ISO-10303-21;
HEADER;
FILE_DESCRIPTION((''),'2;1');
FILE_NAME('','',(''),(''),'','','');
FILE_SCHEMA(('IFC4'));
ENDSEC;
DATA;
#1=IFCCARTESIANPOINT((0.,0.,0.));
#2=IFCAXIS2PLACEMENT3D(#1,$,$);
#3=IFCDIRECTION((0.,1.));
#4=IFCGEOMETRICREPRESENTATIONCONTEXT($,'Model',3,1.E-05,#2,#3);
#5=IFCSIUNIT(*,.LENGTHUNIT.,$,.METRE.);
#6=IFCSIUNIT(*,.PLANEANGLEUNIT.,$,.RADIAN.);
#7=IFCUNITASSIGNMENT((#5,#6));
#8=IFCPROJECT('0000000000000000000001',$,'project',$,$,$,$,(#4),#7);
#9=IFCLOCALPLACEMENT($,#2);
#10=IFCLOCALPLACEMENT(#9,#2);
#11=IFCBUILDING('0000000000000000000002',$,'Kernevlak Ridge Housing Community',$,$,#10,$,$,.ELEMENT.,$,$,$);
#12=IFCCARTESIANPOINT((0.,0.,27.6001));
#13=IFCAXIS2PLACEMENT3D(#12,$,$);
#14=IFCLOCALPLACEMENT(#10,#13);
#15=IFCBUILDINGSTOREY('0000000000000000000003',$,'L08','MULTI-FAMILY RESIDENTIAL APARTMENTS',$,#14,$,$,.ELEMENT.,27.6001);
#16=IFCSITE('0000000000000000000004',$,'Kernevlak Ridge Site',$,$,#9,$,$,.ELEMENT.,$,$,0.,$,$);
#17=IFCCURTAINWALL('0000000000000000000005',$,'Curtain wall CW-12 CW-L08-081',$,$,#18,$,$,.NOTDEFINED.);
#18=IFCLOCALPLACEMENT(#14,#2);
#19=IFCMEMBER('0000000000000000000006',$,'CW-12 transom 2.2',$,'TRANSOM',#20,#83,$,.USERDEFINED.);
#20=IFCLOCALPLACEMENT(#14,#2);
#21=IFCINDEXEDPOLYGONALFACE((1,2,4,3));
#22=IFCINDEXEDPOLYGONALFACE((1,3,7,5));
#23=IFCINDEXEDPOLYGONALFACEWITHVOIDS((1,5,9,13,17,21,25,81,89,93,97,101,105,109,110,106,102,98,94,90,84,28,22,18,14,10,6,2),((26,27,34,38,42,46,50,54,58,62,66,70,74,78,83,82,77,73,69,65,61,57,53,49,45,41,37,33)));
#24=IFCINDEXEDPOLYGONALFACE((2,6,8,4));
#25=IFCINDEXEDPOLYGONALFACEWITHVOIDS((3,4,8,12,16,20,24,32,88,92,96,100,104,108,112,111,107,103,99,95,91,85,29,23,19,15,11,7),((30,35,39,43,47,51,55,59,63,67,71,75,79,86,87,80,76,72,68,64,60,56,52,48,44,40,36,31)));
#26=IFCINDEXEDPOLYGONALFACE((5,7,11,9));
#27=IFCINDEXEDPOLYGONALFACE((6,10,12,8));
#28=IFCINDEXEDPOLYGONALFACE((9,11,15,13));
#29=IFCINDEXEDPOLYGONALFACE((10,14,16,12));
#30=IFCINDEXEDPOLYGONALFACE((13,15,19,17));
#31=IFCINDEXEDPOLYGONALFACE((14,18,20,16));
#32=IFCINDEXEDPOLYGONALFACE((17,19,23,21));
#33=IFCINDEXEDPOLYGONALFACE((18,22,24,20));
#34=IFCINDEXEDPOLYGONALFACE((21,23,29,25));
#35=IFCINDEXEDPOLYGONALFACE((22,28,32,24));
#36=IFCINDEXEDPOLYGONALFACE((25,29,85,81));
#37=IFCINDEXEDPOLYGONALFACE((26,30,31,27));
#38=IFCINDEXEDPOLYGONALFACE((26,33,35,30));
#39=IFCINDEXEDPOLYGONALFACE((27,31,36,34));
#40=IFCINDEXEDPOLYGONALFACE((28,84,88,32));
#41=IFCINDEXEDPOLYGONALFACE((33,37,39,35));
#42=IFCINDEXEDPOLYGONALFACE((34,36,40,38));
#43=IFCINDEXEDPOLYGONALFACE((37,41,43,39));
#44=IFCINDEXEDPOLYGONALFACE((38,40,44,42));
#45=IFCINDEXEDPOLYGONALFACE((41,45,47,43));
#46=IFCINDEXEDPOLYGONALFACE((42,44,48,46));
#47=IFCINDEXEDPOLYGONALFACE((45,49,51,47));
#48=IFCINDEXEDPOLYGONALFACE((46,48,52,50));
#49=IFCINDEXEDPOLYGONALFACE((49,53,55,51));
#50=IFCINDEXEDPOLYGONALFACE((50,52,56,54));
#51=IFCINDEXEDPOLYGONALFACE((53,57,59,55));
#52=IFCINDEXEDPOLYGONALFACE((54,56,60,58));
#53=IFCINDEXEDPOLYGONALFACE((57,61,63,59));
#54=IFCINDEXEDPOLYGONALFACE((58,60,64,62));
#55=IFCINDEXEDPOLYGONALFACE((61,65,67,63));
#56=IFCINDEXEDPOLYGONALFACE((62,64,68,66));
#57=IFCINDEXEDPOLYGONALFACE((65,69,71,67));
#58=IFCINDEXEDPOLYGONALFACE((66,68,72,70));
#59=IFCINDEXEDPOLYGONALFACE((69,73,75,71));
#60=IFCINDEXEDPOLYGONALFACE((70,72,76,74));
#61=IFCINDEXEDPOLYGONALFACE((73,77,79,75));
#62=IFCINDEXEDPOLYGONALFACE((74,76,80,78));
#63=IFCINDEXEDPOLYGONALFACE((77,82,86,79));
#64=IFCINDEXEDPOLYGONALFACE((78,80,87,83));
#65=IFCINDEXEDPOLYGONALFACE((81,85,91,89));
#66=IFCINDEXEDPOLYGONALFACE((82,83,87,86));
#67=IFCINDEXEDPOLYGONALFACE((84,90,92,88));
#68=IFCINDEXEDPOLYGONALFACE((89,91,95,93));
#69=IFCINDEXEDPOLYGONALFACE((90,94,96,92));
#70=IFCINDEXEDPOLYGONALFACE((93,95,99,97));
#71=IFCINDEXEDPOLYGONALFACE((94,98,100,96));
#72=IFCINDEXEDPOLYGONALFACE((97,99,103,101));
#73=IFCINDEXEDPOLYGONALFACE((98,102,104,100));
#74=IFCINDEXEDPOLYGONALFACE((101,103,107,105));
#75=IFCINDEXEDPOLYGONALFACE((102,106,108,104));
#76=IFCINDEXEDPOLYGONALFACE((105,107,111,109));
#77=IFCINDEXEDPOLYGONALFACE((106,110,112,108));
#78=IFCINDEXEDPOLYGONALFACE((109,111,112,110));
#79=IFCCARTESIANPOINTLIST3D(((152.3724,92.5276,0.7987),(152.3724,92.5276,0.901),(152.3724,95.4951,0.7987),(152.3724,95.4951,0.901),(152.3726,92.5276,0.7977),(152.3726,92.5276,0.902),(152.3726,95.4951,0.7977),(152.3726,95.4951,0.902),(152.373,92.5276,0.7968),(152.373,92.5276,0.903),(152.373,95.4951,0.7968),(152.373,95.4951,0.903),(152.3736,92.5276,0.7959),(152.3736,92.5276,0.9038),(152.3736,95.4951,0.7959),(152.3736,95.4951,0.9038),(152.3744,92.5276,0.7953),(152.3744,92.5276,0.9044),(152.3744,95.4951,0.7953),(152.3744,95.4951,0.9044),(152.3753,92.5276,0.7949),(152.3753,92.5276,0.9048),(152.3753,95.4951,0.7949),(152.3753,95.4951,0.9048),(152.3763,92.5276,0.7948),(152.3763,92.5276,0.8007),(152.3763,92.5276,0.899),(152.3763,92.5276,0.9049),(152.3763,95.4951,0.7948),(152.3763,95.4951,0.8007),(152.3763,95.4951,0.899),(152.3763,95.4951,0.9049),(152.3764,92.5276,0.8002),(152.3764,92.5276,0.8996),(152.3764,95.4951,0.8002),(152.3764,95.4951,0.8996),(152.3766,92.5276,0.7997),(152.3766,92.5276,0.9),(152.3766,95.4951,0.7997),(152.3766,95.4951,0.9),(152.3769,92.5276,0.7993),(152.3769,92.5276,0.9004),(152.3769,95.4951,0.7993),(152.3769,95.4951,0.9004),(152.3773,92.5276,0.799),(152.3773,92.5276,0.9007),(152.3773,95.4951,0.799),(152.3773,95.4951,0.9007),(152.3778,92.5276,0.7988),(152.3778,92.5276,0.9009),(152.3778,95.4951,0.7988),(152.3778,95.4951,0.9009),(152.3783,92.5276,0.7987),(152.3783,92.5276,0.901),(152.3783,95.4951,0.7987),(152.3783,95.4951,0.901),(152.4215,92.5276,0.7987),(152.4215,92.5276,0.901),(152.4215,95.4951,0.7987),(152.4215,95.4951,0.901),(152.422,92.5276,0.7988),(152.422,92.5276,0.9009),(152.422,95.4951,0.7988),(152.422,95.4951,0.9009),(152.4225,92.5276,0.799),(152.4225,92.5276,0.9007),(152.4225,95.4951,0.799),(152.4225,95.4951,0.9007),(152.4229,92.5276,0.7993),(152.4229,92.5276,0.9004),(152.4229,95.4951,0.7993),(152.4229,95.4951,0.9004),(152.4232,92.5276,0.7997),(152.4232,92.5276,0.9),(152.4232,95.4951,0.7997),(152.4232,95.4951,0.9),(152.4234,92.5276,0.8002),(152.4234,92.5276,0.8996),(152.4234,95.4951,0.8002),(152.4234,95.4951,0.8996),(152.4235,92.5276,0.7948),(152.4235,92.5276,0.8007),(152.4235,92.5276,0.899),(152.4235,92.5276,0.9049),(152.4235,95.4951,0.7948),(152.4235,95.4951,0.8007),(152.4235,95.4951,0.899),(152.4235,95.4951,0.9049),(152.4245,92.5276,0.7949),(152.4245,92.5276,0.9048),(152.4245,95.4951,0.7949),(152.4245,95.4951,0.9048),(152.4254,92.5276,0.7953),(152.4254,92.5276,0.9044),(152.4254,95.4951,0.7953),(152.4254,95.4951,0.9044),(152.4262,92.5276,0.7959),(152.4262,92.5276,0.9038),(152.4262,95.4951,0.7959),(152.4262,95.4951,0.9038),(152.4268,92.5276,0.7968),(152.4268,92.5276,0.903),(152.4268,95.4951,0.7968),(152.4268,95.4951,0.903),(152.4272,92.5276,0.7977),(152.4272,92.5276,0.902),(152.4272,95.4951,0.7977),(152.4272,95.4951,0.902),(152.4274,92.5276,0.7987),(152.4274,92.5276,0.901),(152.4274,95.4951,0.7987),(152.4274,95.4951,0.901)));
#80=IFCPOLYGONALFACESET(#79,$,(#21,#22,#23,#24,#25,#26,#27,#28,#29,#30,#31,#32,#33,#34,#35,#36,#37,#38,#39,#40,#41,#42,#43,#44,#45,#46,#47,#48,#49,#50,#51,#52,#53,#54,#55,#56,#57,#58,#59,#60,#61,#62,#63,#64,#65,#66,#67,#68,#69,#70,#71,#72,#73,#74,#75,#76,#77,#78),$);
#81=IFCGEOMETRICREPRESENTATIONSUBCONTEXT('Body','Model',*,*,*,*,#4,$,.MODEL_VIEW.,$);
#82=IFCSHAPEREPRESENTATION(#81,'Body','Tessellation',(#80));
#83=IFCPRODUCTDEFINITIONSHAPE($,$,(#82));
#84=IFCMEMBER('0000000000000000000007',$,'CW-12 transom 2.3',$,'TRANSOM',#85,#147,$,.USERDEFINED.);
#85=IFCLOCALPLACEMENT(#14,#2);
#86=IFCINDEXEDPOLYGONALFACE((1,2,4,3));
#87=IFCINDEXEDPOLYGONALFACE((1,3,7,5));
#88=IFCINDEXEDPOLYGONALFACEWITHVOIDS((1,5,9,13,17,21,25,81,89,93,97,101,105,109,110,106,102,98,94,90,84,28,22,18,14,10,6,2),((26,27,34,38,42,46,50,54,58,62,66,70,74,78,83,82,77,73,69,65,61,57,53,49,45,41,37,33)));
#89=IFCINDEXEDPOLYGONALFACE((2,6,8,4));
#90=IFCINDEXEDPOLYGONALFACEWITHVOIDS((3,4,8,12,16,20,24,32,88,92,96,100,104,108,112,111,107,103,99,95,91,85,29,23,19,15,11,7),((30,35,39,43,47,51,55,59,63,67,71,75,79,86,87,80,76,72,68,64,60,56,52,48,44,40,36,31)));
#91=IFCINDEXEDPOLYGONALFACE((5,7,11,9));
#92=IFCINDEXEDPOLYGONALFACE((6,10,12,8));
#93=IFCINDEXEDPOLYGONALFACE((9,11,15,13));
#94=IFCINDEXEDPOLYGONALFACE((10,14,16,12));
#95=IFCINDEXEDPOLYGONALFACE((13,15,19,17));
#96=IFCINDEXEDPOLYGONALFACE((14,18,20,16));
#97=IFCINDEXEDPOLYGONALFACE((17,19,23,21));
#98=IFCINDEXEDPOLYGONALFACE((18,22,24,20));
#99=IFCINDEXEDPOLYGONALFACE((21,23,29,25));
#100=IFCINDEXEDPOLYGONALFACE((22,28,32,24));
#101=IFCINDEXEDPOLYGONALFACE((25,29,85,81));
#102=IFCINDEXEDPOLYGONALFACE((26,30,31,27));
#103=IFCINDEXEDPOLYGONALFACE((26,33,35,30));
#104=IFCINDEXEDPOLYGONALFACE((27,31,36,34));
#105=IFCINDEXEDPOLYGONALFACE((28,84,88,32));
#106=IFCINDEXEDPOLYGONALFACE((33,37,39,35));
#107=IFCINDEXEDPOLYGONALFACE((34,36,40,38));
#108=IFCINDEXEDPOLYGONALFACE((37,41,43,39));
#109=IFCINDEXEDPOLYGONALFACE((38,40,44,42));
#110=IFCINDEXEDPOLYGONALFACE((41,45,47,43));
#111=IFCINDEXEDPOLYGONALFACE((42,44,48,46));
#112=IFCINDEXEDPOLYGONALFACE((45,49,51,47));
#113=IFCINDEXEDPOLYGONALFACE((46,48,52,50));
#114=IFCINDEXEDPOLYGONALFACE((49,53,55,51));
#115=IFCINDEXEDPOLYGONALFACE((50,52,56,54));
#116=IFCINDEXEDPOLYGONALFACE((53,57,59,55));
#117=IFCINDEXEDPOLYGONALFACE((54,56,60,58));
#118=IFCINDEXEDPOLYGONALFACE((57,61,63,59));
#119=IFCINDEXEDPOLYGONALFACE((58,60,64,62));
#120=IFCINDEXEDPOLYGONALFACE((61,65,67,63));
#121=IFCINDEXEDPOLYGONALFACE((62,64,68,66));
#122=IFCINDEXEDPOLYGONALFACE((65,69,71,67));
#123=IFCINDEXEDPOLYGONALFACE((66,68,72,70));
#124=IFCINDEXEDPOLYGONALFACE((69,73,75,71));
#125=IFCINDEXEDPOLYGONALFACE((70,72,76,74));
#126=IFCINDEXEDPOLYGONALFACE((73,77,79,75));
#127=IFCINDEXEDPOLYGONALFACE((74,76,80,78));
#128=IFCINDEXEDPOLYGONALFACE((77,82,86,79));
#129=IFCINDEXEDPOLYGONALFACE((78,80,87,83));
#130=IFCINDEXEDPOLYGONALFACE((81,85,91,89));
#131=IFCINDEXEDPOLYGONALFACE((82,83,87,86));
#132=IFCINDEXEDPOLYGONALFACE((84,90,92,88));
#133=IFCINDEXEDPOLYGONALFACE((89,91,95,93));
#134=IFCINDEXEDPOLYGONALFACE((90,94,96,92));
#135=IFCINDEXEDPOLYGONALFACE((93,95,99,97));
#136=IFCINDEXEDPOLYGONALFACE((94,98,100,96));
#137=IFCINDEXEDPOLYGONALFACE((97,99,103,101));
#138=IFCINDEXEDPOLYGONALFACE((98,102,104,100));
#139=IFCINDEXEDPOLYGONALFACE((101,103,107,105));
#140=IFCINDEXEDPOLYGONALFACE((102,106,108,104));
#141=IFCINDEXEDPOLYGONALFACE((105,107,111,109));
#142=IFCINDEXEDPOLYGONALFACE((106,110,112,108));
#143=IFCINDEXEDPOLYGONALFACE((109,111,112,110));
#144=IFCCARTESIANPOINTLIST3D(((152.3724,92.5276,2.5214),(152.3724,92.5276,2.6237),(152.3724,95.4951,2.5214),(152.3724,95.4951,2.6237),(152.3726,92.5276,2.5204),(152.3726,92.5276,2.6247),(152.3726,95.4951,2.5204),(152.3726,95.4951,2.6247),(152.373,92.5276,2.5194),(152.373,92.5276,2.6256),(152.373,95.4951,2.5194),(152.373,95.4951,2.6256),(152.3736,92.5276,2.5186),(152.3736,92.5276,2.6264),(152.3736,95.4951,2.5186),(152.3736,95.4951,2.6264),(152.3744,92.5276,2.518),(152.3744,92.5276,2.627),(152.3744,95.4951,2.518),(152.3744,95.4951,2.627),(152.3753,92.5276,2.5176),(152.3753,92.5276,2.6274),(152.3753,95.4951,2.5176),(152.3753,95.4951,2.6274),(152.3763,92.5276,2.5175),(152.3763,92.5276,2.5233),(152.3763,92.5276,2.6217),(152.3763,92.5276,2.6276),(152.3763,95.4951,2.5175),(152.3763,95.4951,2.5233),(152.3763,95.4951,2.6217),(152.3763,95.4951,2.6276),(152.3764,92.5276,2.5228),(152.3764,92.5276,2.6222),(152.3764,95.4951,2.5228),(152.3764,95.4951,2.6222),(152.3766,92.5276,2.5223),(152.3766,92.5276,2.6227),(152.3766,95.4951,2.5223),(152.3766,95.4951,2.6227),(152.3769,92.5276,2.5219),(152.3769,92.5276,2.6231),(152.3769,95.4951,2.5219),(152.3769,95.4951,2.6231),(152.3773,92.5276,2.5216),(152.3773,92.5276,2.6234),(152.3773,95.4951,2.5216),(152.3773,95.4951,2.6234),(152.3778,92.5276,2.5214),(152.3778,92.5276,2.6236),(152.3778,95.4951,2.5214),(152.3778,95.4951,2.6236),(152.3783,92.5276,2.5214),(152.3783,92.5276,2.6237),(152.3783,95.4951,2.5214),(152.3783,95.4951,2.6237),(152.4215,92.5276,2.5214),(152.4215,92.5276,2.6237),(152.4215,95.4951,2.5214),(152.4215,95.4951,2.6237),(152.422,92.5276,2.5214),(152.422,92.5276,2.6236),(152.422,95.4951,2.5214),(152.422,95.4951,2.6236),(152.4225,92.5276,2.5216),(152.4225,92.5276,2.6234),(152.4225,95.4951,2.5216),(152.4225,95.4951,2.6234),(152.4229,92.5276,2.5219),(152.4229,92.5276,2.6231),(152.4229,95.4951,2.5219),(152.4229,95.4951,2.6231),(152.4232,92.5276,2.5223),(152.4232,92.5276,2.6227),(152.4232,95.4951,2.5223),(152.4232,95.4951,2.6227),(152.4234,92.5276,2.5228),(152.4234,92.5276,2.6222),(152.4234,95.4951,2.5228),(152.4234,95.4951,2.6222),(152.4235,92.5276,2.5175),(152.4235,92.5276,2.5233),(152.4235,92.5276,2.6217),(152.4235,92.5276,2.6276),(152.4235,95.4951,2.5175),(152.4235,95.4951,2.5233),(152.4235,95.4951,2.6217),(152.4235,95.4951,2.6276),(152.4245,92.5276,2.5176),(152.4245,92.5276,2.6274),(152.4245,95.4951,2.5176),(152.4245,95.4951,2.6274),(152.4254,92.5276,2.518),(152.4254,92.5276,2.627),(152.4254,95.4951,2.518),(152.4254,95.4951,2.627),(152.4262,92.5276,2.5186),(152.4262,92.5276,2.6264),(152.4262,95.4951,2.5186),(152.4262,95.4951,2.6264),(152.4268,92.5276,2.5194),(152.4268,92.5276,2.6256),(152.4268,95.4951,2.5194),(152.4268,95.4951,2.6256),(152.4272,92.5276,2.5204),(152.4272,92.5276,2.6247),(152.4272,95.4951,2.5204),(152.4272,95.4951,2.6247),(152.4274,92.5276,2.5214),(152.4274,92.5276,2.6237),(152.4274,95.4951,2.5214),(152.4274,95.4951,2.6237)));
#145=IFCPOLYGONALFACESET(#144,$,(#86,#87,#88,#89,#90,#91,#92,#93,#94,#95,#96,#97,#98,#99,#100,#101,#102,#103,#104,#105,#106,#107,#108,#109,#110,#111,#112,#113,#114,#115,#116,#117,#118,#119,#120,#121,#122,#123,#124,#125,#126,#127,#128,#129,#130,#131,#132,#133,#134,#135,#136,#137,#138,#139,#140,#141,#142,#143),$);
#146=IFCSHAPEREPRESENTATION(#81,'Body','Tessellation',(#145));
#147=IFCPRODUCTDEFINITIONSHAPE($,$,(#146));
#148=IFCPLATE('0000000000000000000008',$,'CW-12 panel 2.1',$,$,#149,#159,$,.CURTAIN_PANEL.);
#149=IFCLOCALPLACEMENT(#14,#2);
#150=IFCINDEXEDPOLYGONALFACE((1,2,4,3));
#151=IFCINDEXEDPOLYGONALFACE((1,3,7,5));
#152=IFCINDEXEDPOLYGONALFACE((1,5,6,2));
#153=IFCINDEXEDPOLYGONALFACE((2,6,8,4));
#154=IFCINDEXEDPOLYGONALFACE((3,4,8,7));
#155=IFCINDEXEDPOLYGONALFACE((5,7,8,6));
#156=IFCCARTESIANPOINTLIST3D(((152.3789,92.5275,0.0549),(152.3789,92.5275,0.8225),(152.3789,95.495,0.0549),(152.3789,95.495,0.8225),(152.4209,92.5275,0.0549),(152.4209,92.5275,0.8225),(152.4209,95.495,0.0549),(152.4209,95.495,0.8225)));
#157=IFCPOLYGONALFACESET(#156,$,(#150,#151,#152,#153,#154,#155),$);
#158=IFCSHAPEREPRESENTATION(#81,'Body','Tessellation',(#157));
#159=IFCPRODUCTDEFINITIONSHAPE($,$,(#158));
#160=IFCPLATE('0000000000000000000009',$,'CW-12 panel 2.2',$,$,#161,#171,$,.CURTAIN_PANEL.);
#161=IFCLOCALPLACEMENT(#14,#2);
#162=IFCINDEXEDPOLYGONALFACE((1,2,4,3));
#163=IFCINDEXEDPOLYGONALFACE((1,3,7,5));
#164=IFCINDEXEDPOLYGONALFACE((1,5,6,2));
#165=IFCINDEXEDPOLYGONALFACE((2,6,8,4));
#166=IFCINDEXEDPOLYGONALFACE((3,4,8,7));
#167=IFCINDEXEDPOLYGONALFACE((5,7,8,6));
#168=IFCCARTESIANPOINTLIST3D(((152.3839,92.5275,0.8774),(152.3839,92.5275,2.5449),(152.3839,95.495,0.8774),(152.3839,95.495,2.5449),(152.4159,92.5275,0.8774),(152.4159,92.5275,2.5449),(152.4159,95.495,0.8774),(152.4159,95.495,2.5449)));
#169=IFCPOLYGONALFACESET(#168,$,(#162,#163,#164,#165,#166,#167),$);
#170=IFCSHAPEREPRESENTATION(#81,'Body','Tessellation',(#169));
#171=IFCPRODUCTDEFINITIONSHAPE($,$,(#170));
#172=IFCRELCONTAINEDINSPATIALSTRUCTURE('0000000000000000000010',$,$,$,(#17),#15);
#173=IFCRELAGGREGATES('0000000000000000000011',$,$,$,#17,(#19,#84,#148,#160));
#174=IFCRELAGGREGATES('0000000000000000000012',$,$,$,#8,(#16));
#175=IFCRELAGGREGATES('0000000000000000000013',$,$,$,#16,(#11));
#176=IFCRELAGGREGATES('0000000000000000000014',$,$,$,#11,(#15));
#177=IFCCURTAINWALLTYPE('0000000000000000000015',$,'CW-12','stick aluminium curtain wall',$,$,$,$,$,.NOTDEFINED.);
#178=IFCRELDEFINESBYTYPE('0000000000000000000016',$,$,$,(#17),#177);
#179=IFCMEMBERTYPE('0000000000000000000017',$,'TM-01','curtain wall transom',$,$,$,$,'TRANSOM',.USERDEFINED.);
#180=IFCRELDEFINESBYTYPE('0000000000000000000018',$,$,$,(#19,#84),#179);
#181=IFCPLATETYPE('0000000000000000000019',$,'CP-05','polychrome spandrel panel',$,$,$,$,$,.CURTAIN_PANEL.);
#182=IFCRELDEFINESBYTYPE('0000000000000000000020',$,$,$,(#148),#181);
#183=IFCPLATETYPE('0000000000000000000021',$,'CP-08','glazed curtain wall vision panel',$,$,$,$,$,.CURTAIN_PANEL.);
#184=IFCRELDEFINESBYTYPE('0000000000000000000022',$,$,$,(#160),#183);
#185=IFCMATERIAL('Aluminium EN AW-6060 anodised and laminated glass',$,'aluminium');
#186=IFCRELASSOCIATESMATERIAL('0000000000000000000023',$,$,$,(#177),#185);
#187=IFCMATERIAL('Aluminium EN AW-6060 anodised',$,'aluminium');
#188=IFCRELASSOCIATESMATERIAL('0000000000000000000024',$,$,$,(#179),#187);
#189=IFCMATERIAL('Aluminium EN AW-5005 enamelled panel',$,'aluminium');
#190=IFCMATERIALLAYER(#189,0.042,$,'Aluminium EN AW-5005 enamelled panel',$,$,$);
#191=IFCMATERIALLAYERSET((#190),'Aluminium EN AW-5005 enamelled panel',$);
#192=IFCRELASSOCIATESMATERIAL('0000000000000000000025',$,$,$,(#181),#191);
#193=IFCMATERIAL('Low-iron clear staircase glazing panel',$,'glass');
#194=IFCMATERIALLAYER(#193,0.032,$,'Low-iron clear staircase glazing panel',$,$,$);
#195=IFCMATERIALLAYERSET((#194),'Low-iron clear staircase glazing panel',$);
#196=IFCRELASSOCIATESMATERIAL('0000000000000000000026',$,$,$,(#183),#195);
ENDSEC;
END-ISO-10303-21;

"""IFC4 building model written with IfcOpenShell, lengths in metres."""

from ifc_helpers import new_model, si_unit, direction, frame, origin, origin_2d, place, context, subcontext, project, spatial, rectangle, hollow_rectangle, extrude, material, layer, layer_set, material_profile, profile_set, type_object, element, aggregate, save


model = new_model("IFC4")

# Units and contexts
model_context = context("Model", 3, precision=1e-05, world=origin(), true_north=direction((0.0, 1.0)))
body_context = subcontext(model_context, "Body", "Model", "MODEL_VIEW")
ifc_project = project(units=[si_unit("LENGTHUNIT", "METRE"), si_unit("PLANEANGLEUNIT", "RADIAN")], contexts=[model_context])

# Site, building, storey
site_placement = place(None, origin())
site = spatial("IfcSite", under=ifc_project, at=site_placement, Name="Kernevlak Ridge Site", CompositionType="ELEMENT", RefElevation=0.0)
building_placement = place(site_placement, origin())
building = spatial("IfcBuilding", under=site, at=building_placement, Name="Kernevlak Ridge Housing Community", CompositionType="ELEMENT")
storey_placement = place(building_placement, frame((0.0, 0.0, 27.6001)))
storey = spatial("IfcBuildingStorey", under=building, at=storey_placement, Name="L08", Description="MULTI-FAMILY RESIDENTIAL APARTMENTS", CompositionType="ELEMENT", Elevation=27.6001)

# Curtain wall
ifc_material_1 = material(Name="Aluminium EN AW-6060 anodised and laminated glass", Category="aluminium")
curtain_wall_type = type_object("IfcCurtainWallType", Name="CW-12", Description="stick aluminium curtain wall", PredefinedType="NOTDEFINED", material=ifc_material_1)
curtain_wall_placement = place(storey_placement, origin())
curtain_wall = element("IfcCurtainWall", 1, at=curtain_wall_placement, inside=storey, type_object=curtain_wall_type, Name="Curtain wall CW-12 CW-L08-081", PredefinedType="NOTDEFINED")
ifc_material_2 = material(Name="Aluminium EN AW-6060 anodised", Category="aluminium")

# Members
ifc_material_profile_1 = material_profile(ifc_material_2, hollow_rectangle(XDim=0.0549, YDim=0.1101, WallThickness=0.0039, InnerFilletRadius=0.002, OuterFilletRadius=0.0039, at=origin_2d()), Name="ALU 55x110x4")
ifc_profile_set_1 = profile_set([ifc_material_profile_1], Name="Aluminium EN AW-6060 anodised")
member_type_1 = type_object("IfcMemberType", Name="TM-01", Description="curtain wall transom", ElementType="TRANSOM", PredefinedType="USERDEFINED", material=ifc_profile_set_1)
member_1_placement = place(storey_placement, frame((152.3999, 92.5276, 0.8499), z_axis=(0.0, 1.0, 0.0), x_axis=(-1.0, 0.0, 0.0)))
member_1 = element("IfcMember", 2, at=member_1_placement, type_object=member_type_1, Name="CW-12 transom 2.2", ObjectType="TRANSOM", PredefinedType="USERDEFINED", context=body_context, shape_type="SweptSolid", body=[
    extrude(hollow_rectangle(XDim=0.0549, YDim=0.1101, WallThickness=0.0039, InnerFilletRadius=0.002, OuterFilletRadius=0.0039, at=origin_2d()), origin(), (0.0, 0.0, 1.0), 2.9675),
])
member_2_placement = place(storey_placement, frame((152.3999, 92.5276, 2.5725), z_axis=(0.0, 1.0, 0.0), x_axis=(-1.0, 0.0, 0.0)))
member_2 = element("IfcMember", 3, at=member_2_placement, type_object=member_type_1, Name="CW-12 transom 2.3", ObjectType="TRANSOM", PredefinedType="USERDEFINED", context=body_context, shape_type="SweptSolid", body=[
    extrude(hollow_rectangle(XDim=0.0549, YDim=0.1101, WallThickness=0.0039, InnerFilletRadius=0.002, OuterFilletRadius=0.0039, at=origin_2d()), origin(), (0.0, 0.0, 1.0), 2.9675),
])

# Plates
ifc_material_3 = material(Name="Aluminium EN AW-5005 enamelled panel", Category="aluminium")
ifc_layer_1 = layer(ifc_material_3, 0.042, Name="Aluminium EN AW-5005 enamelled panel")
ifc_layer_set_1 = layer_set([ifc_layer_1], Name="Aluminium EN AW-5005 enamelled panel")
plate_type_1 = type_object("IfcPlateType", Name="CP-05", Description="polychrome spandrel panel", PredefinedType="CURTAIN_PANEL", material=ifc_layer_set_1)
plate_1_placement = place(storey_placement, frame((152.3999, 94.0112, 0.0549), z_axis=(0.0, 0.0, 1.0), x_axis=(0.0, 1.0, 0.0)))
plate_1 = element("IfcPlate", 4, at=plate_1_placement, type_object=plate_type_1, Name="CW-12 panel 2.1", PredefinedType="CURTAIN_PANEL", context=body_context, shape_type="SweptSolid", body=[
    extrude(rectangle(XDim=2.9675, YDim=0.042, at=origin_2d()), origin(), (0.0, 0.0, 1.0), 0.7676),
])
ifc_material_4 = material(Name="Low-iron clear staircase glazing panel", Category="glass")
ifc_layer_2 = layer(ifc_material_4, 0.032, Name="Low-iron clear staircase glazing panel")
ifc_layer_set_2 = layer_set([ifc_layer_2], Name="Low-iron clear staircase glazing panel")
plate_type_2 = type_object("IfcPlateType", Name="CP-08", Description="glazed curtain wall vision panel", PredefinedType="CURTAIN_PANEL", material=ifc_layer_set_2)
plate_2_placement = place(storey_placement, frame((152.3999, 94.0112, 0.8774), z_axis=(0.0, 0.0, 1.0), x_axis=(0.0, 1.0, 0.0)))
plate_2 = element("IfcPlate", 5, at=plate_2_placement, type_object=plate_type_2, Name="CW-12 panel 2.2", PredefinedType="CURTAIN_PANEL", context=body_context, shape_type="SweptSolid", body=[
    extrude(rectangle(XDim=2.9675, YDim=0.032, at=origin_2d()), origin(), (0.0, 0.0, 1.0), 1.6675),
])
aggregate(curtain_wall, [member_1, member_2, plate_1, plate_2])

save(model, "model.ifc")
